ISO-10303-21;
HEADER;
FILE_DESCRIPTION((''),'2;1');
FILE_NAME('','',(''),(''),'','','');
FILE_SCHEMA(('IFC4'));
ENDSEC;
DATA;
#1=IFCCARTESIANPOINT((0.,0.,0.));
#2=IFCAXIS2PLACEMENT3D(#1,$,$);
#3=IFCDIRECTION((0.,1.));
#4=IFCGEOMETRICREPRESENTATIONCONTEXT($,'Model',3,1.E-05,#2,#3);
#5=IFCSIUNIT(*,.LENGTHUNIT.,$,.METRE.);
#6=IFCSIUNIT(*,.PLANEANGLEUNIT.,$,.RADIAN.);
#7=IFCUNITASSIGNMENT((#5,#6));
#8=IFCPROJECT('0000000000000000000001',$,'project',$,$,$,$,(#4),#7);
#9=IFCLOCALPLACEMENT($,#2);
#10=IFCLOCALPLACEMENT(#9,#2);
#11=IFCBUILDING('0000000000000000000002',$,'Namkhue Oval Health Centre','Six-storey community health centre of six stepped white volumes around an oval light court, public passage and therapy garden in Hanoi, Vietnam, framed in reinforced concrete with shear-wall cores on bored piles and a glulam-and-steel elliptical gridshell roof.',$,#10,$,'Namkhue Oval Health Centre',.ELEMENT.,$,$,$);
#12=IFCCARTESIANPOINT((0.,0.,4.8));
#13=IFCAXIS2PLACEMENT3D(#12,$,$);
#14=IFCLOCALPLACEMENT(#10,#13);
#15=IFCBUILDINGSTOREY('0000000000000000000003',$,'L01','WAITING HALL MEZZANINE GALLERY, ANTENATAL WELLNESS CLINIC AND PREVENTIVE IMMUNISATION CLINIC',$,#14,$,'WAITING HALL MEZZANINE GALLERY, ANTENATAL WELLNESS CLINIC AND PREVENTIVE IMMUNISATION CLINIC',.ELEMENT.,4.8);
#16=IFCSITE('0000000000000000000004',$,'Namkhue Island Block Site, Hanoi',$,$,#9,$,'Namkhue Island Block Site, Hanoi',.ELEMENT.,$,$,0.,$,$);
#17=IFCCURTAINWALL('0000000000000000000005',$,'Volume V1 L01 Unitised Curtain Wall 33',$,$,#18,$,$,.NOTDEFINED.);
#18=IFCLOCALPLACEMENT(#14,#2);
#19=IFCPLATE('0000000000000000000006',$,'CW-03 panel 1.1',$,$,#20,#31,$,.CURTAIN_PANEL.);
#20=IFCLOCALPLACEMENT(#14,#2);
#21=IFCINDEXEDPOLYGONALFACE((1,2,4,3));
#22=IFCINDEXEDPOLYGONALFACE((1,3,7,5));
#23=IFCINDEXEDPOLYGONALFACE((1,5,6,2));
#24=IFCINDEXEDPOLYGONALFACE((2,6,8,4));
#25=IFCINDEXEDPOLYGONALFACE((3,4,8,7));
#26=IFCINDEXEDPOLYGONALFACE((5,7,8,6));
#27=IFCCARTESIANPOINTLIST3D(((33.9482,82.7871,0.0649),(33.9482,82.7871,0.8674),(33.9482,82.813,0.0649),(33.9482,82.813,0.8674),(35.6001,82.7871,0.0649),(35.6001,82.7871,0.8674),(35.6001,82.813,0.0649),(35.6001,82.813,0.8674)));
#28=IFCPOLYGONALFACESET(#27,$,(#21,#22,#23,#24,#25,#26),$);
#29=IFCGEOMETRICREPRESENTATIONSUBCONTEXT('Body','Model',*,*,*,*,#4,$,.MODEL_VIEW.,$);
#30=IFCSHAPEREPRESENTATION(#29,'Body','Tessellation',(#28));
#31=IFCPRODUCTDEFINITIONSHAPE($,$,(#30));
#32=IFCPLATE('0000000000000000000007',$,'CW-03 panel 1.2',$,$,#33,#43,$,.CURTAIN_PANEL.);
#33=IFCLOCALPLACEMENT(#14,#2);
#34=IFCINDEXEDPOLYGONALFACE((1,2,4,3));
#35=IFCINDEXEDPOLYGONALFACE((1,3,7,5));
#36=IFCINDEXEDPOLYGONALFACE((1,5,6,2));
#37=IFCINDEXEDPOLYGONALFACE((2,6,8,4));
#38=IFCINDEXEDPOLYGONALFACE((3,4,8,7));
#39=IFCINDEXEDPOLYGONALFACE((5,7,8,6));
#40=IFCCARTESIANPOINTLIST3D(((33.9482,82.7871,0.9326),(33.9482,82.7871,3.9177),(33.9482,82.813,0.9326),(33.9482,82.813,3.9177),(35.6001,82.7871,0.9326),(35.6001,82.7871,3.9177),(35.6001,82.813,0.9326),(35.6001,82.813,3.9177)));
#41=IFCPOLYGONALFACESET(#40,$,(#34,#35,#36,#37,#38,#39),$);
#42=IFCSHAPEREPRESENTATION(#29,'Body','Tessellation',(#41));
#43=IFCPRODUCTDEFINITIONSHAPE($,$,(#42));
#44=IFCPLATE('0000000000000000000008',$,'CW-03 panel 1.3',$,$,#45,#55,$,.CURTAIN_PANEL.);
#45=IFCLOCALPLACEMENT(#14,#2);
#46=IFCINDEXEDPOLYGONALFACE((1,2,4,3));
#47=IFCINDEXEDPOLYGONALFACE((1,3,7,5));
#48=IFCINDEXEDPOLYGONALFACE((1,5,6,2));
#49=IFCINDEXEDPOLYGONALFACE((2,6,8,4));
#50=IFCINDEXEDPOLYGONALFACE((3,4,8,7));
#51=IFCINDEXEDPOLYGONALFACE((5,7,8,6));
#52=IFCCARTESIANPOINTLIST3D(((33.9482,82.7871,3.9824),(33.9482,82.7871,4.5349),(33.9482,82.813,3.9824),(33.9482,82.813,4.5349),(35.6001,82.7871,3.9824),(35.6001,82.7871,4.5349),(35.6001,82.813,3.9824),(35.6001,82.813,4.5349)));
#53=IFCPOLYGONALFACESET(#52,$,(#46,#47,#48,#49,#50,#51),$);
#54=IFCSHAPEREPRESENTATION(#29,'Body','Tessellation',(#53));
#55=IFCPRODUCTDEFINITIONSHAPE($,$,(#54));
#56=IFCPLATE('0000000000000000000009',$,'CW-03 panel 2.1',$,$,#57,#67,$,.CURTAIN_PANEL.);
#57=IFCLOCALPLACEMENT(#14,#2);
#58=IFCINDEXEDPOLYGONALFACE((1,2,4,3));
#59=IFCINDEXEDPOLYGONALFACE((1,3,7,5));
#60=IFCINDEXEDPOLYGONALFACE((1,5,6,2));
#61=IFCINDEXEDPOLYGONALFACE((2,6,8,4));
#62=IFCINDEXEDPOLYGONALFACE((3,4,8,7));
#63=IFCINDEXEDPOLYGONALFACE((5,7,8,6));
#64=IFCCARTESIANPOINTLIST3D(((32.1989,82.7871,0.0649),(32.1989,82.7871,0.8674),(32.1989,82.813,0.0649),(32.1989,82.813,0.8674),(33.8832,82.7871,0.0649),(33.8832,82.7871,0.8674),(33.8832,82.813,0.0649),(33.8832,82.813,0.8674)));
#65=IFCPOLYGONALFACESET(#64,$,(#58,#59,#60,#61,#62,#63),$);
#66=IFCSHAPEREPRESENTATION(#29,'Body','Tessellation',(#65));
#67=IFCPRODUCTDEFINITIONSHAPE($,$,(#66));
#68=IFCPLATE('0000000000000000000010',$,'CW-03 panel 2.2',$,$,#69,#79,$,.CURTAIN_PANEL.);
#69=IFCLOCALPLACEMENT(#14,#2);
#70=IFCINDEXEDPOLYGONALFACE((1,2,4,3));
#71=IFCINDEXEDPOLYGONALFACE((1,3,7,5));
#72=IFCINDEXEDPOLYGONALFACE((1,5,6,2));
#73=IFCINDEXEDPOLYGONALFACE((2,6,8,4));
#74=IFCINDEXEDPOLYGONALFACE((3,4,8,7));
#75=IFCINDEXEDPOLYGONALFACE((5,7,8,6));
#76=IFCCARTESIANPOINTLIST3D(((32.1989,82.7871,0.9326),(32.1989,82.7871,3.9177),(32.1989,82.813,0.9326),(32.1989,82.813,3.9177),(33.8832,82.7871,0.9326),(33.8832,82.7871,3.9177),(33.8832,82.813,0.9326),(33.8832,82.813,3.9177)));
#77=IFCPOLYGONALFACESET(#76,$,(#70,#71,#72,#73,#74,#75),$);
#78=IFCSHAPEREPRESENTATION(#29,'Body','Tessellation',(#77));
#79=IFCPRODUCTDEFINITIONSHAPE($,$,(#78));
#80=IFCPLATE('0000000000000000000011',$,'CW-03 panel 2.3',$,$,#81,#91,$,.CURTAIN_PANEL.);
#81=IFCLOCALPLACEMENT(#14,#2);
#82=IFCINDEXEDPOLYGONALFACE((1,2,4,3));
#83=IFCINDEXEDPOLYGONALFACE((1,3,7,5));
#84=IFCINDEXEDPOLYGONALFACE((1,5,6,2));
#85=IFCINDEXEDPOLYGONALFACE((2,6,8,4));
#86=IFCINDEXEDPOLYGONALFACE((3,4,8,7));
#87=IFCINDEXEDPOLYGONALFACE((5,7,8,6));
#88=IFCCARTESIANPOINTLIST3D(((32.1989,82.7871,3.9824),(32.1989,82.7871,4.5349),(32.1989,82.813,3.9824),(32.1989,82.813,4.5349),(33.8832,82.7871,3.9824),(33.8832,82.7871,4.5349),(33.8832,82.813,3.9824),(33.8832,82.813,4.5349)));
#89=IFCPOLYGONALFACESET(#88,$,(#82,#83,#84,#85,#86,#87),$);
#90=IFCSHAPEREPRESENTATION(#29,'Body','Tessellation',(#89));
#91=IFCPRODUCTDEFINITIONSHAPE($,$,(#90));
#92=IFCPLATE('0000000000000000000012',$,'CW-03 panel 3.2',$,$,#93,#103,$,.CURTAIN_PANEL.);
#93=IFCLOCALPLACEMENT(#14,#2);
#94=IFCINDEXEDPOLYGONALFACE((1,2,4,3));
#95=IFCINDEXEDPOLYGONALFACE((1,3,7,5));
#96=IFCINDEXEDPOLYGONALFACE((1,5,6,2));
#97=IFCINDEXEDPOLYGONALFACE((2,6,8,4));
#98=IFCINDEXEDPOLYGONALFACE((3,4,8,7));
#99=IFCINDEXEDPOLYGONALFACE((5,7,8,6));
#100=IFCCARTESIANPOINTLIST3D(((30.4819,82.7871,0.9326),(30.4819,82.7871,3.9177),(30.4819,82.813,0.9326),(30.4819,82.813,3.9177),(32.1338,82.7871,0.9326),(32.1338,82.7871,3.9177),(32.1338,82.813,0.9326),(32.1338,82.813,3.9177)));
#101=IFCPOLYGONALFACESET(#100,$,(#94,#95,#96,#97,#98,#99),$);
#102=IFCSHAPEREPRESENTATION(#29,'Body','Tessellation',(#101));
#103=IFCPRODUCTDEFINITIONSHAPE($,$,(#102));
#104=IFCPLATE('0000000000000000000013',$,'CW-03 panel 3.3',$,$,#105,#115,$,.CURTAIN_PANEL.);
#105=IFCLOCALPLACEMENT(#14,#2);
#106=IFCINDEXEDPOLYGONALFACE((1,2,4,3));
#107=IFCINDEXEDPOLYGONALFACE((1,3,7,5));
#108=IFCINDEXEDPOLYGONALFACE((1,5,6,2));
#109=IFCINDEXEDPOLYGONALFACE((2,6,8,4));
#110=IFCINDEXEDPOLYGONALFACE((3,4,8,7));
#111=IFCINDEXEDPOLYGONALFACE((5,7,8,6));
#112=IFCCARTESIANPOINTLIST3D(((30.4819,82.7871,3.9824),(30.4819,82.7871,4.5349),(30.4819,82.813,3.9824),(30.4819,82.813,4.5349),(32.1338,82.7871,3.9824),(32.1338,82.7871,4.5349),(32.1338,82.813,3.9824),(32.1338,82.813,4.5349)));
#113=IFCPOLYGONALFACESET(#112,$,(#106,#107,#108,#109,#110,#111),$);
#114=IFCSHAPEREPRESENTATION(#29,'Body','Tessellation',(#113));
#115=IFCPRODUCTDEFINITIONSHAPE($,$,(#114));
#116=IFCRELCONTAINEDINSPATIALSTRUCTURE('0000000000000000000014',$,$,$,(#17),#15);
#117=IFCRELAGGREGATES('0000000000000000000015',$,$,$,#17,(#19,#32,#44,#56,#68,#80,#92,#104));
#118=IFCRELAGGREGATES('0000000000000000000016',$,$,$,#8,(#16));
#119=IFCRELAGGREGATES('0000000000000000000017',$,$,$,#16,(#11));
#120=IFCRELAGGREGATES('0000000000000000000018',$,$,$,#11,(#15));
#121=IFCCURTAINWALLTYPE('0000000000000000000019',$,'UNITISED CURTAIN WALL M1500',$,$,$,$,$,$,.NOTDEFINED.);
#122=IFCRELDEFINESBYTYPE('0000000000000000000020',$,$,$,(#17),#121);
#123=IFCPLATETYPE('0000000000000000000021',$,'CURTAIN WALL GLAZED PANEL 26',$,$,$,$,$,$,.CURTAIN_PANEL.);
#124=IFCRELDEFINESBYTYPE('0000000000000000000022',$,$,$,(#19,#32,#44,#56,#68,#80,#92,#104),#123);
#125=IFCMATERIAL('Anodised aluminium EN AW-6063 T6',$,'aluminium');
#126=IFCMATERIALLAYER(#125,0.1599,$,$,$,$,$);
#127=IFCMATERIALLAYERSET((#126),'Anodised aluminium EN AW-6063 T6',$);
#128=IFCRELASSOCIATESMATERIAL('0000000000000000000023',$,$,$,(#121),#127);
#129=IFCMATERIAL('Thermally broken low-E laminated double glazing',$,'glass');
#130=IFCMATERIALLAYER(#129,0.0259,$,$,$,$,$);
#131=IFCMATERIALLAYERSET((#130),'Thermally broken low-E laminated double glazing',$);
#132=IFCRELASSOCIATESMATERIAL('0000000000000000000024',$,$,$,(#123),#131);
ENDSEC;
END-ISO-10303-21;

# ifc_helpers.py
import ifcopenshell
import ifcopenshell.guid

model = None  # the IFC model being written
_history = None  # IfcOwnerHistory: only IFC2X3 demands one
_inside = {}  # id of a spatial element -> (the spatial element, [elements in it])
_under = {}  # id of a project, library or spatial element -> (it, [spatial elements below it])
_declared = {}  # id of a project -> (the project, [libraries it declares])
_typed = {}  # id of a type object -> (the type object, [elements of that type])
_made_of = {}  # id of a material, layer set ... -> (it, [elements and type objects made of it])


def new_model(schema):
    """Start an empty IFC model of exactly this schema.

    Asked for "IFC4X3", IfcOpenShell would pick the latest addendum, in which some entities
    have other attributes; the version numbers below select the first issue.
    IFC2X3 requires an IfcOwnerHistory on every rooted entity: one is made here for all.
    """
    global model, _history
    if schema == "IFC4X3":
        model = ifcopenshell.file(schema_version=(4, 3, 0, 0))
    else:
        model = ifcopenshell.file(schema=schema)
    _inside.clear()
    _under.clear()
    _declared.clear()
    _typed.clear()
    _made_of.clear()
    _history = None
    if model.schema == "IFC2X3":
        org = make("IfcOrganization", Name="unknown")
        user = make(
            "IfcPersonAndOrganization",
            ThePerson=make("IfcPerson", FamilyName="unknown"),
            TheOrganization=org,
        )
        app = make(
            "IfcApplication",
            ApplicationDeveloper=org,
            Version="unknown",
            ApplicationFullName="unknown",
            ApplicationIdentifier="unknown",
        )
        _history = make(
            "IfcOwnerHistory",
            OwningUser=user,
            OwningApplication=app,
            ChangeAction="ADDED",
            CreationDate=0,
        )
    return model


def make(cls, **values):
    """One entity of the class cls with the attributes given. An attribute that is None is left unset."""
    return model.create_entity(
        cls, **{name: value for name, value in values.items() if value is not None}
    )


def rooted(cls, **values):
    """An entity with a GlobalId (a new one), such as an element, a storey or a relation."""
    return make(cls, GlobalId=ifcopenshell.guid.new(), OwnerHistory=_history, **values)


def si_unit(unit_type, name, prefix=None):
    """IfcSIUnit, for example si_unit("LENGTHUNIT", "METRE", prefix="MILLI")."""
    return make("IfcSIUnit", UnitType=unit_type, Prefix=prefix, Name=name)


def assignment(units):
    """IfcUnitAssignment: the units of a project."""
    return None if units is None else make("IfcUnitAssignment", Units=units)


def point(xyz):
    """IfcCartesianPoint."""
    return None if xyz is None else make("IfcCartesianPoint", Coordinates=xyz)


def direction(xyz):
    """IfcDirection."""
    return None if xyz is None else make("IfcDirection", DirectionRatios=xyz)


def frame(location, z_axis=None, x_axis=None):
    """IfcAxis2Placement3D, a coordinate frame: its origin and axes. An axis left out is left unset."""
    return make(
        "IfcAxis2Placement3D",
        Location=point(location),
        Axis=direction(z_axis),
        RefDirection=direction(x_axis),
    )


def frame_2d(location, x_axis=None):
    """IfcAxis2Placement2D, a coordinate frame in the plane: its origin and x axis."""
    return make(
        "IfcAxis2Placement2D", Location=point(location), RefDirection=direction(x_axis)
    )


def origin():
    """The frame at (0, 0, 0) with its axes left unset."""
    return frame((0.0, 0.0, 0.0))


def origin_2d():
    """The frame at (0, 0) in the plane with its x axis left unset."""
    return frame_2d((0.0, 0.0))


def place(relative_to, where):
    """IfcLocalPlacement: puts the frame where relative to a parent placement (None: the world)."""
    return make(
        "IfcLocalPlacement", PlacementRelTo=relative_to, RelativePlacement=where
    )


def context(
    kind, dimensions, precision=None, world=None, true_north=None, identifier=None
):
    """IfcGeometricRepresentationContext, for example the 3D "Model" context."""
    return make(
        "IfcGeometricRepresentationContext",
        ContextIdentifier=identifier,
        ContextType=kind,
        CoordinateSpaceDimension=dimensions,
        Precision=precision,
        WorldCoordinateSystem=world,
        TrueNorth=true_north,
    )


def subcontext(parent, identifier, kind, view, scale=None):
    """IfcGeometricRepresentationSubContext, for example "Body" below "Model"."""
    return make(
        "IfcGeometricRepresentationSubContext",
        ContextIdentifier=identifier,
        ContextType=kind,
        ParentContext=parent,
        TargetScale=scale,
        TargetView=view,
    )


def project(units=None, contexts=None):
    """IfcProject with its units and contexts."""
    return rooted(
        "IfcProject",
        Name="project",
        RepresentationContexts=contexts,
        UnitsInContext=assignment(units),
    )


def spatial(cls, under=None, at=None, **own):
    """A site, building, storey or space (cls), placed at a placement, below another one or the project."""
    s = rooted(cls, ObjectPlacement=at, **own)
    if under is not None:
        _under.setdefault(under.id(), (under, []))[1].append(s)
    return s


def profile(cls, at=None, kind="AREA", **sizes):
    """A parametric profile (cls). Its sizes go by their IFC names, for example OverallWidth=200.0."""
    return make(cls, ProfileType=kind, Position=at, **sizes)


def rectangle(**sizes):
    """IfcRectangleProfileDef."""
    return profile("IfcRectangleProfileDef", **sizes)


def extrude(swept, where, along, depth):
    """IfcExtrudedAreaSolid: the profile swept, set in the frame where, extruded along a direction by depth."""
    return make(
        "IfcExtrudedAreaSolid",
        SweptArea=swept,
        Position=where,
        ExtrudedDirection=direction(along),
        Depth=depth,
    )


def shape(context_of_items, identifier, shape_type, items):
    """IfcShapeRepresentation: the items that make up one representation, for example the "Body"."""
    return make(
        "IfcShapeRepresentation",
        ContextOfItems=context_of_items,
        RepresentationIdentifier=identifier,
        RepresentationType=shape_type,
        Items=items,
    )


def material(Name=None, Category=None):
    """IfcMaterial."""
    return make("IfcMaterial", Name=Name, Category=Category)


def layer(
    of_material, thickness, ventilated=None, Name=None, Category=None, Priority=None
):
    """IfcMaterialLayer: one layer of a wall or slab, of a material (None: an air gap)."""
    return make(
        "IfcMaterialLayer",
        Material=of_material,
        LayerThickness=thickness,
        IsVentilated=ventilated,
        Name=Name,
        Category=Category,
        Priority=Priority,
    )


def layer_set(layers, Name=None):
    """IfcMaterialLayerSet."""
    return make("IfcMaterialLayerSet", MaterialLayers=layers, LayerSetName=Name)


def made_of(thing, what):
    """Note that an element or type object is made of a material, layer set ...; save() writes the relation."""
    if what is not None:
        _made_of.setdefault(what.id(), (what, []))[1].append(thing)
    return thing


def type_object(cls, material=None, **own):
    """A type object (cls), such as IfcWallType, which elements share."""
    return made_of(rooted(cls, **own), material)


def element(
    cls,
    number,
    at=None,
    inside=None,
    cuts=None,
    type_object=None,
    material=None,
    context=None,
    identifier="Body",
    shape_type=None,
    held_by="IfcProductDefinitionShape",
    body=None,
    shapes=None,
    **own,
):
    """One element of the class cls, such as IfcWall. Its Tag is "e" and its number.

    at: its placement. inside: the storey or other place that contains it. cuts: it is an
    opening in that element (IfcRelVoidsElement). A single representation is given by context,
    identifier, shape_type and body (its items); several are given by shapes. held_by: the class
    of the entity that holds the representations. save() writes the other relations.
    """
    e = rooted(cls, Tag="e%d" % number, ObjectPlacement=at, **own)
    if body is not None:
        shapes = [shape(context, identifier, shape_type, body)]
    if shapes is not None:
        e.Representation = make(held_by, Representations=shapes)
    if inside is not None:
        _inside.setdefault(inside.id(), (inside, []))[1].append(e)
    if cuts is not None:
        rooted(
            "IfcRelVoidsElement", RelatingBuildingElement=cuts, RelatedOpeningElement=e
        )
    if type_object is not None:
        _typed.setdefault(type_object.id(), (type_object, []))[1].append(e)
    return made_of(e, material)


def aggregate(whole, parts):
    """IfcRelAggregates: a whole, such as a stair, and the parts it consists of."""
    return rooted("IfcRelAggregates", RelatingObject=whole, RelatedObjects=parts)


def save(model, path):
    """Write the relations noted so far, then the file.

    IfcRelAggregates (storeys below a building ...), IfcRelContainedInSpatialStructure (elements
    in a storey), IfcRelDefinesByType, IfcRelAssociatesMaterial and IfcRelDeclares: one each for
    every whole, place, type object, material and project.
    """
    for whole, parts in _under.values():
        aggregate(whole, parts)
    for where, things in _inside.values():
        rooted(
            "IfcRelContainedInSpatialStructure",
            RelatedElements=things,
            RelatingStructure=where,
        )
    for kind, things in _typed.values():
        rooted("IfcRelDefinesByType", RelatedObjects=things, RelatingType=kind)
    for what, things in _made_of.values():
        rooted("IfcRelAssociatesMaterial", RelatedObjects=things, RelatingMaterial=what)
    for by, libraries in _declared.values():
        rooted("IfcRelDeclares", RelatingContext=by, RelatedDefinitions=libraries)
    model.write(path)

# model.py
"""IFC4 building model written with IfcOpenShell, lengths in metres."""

from ifc_helpers import new_model, si_unit, direction, frame, origin, origin_2d, place, context, subcontext, project, spatial, rectangle, extrude, material, layer, layer_set, type_object, element, aggregate, save


model = new_model("IFC4")

# Units and contexts
model_context = context("Model", 3, precision=1e-05, world=origin(), true_north=direction((0.0, 1.0)))
body_context = subcontext(model_context, "Body", "Model", "MODEL_VIEW")
ifc_project = project(units=[si_unit("LENGTHUNIT", "METRE"), si_unit("PLANEANGLEUNIT", "RADIAN")], contexts=[model_context])

# Site, building, storey
site_placement = place(None, origin())
site = spatial("IfcSite", under=ifc_project, at=site_placement, Name="Namkhue Island Block Site, Hanoi", LongName="Namkhue Island Block Site, Hanoi", CompositionType="ELEMENT", RefElevation=0.0)
building_placement = place(site_placement, origin())
building = spatial("IfcBuilding", under=site, at=building_placement, Name="Namkhue Oval Health Centre", Description="Six-storey community health centre of six stepped white volumes around an oval light court, public passage and therapy garden in Hanoi, Vietnam, framed in reinforced concrete with shear-wall cores on bored piles and a glulam-and-steel elliptical gridshell roof.", LongName="Namkhue Oval Health Centre", CompositionType="ELEMENT")
storey_placement = place(building_placement, frame((0.0, 0.0, 4.8)))
storey = spatial("IfcBuildingStorey", under=building, at=storey_placement, Name="L01", Description="WAITING HALL MEZZANINE GALLERY, ANTENATAL WELLNESS CLINIC AND PREVENTIVE IMMUNISATION CLINIC", LongName="WAITING HALL MEZZANINE GALLERY, ANTENATAL WELLNESS CLINIC AND PREVENTIVE IMMUNISATION CLINIC", CompositionType="ELEMENT", Elevation=4.8)

# Curtain wall, plates
ifc_material_1 = material(Name="Anodised aluminium EN AW-6063 T6", Category="aluminium")
ifc_layer_1 = layer(ifc_material_1, 0.1599)
ifc_layer_set_1 = layer_set([ifc_layer_1], Name="Anodised aluminium EN AW-6063 T6")
curtain_wall_type = type_object("IfcCurtainWallType", Name="UNITISED CURTAIN WALL M1500", PredefinedType="NOTDEFINED", material=ifc_layer_set_1)
curtain_wall_placement = place(storey_placement, origin())
curtain_wall = element("IfcCurtainWall", 1, at=curtain_wall_placement, inside=storey, type_object=curtain_wall_type, Name="Volume V1 L01 Unitised Curtain Wall 33", PredefinedType="NOTDEFINED")
ifc_material_2 = material(Name="Thermally broken low-E laminated double glazing", Category="glass")
ifc_layer_2 = layer(ifc_material_2, 0.0259)
ifc_layer_set_2 = layer_set([ifc_layer_2], Name="Thermally broken low-E laminated double glazing")
plate_type = type_object("IfcPlateType", Name="CURTAIN WALL GLAZED PANEL 26", PredefinedType="CURTAIN_PANEL", material=ifc_layer_set_2)
plate_1_placement = place(storey_placement, frame((34.7742, 82.8, 0.0649), z_axis=(0.0, 0.0, 1.0), x_axis=(-1.0, 0.0, 0.0)))
plate_1 = element("IfcPlate", 2, at=plate_1_placement, type_object=plate_type, Name="CW-03 panel 1.1", PredefinedType="CURTAIN_PANEL", context=body_context, shape_type="SweptSolid", body=[
    extrude(rectangle(XDim=1.6519, YDim=0.0259, at=origin_2d()), origin(), (0.0, 0.0, 1.0), 0.8025),
])
plate_2_placement = place(storey_placement, frame((34.7742, 82.8, 0.9326), z_axis=(0.0, 0.0, 1.0), x_axis=(-1.0, 0.0, 0.0)))
plate_2 = element("IfcPlate", 3, at=plate_2_placement, type_object=plate_type, Name="CW-03 panel 1.2", PredefinedType="CURTAIN_PANEL", context=body_context, shape_type="SweptSolid", body=[
    extrude(rectangle(XDim=1.6519, YDim=0.0259, at=origin_2d()), origin(), (0.0, 0.0, 1.0), 2.9851),
])
plate_3_placement = place(storey_placement, frame((34.7742, 82.8, 3.9824), z_axis=(0.0, 0.0, 1.0), x_axis=(-1.0, 0.0, 0.0)))
plate_3 = element("IfcPlate", 4, at=plate_3_placement, type_object=plate_type, Name="CW-03 panel 1.3", PredefinedType="CURTAIN_PANEL", context=body_context, shape_type="SweptSolid", body=[
    extrude(rectangle(XDim=1.6519, YDim=0.0259, at=origin_2d()), origin(), (0.0, 0.0, 1.0), 0.5525),
])
plate_4_placement = place(storey_placement, frame((33.041, 82.8, 0.0649), z_axis=(0.0, 0.0, 1.0), x_axis=(-1.0, 0.0, 0.0)))
plate_4 = element("IfcPlate", 5, at=plate_4_placement, type_object=plate_type, Name="CW-03 panel 2.1", PredefinedType="CURTAIN_PANEL", context=body_context, shape_type="SweptSolid", body=[
    extrude(rectangle(XDim=1.6843, YDim=0.0259, at=origin_2d()), origin(), (0.0, 0.0, 1.0), 0.8025),
])
plate_5_placement = place(storey_placement, frame((33.041, 82.8, 0.9326), z_axis=(0.0, 0.0, 1.0), x_axis=(-1.0, 0.0, 0.0)))
plate_5 = element("IfcPlate", 6, at=plate_5_placement, type_object=plate_type, Name="CW-03 panel 2.2", PredefinedType="CURTAIN_PANEL", context=body_context, shape_type="SweptSolid", body=[
    extrude(rectangle(XDim=1.6843, YDim=0.0259, at=origin_2d()), origin(), (0.0, 0.0, 1.0), 2.9851),
])
plate_6_placement = place(storey_placement, frame((33.041, 82.8, 3.9824), z_axis=(0.0, 0.0, 1.0), x_axis=(-1.0, 0.0, 0.0)))
plate_6 = element("IfcPlate", 7, at=plate_6_placement, type_object=plate_type, Name="CW-03 panel 2.3", PredefinedType="CURTAIN_PANEL", context=body_context, shape_type="SweptSolid", body=[
    extrude(rectangle(XDim=1.6843, YDim=0.0259, at=origin_2d()), origin(), (0.0, 0.0, 1.0), 0.5525),
])
plate_7_placement = place(storey_placement, frame((31.3079, 82.8, 0.9326), z_axis=(0.0, 0.0, 1.0), x_axis=(-1.0, 0.0, 0.0)))
plate_7 = element("IfcPlate", 8, at=plate_7_placement, type_object=plate_type, Name="CW-03 panel 3.2", PredefinedType="CURTAIN_PANEL", context=body_context, shape_type="SweptSolid", body=[
    extrude(rectangle(XDim=1.6519, YDim=0.0259, at=origin_2d()), origin(), (0.0, 0.0, 1.0), 2.9851),
])
plate_8_placement = place(storey_placement, frame((31.3079, 82.8, 3.9824), z_axis=(0.0, 0.0, 1.0), x_axis=(-1.0, 0.0, 0.0)))
plate_8 = element("IfcPlate", 9, at=plate_8_placement, type_object=plate_type, Name="CW-03 panel 3.3", PredefinedType="CURTAIN_PANEL", context=body_context, shape_type="SweptSolid", body=[
    extrude(rectangle(XDim=1.6519, YDim=0.0259, at=origin_2d()), origin(), (0.0, 0.0, 1.0), 0.5525),
])
aggregate(curtain_wall, [plate_1, plate_2, plate_3, plate_4, plate_5, plate_6, plate_7, plate_8])

save(model, "model.ifc")
